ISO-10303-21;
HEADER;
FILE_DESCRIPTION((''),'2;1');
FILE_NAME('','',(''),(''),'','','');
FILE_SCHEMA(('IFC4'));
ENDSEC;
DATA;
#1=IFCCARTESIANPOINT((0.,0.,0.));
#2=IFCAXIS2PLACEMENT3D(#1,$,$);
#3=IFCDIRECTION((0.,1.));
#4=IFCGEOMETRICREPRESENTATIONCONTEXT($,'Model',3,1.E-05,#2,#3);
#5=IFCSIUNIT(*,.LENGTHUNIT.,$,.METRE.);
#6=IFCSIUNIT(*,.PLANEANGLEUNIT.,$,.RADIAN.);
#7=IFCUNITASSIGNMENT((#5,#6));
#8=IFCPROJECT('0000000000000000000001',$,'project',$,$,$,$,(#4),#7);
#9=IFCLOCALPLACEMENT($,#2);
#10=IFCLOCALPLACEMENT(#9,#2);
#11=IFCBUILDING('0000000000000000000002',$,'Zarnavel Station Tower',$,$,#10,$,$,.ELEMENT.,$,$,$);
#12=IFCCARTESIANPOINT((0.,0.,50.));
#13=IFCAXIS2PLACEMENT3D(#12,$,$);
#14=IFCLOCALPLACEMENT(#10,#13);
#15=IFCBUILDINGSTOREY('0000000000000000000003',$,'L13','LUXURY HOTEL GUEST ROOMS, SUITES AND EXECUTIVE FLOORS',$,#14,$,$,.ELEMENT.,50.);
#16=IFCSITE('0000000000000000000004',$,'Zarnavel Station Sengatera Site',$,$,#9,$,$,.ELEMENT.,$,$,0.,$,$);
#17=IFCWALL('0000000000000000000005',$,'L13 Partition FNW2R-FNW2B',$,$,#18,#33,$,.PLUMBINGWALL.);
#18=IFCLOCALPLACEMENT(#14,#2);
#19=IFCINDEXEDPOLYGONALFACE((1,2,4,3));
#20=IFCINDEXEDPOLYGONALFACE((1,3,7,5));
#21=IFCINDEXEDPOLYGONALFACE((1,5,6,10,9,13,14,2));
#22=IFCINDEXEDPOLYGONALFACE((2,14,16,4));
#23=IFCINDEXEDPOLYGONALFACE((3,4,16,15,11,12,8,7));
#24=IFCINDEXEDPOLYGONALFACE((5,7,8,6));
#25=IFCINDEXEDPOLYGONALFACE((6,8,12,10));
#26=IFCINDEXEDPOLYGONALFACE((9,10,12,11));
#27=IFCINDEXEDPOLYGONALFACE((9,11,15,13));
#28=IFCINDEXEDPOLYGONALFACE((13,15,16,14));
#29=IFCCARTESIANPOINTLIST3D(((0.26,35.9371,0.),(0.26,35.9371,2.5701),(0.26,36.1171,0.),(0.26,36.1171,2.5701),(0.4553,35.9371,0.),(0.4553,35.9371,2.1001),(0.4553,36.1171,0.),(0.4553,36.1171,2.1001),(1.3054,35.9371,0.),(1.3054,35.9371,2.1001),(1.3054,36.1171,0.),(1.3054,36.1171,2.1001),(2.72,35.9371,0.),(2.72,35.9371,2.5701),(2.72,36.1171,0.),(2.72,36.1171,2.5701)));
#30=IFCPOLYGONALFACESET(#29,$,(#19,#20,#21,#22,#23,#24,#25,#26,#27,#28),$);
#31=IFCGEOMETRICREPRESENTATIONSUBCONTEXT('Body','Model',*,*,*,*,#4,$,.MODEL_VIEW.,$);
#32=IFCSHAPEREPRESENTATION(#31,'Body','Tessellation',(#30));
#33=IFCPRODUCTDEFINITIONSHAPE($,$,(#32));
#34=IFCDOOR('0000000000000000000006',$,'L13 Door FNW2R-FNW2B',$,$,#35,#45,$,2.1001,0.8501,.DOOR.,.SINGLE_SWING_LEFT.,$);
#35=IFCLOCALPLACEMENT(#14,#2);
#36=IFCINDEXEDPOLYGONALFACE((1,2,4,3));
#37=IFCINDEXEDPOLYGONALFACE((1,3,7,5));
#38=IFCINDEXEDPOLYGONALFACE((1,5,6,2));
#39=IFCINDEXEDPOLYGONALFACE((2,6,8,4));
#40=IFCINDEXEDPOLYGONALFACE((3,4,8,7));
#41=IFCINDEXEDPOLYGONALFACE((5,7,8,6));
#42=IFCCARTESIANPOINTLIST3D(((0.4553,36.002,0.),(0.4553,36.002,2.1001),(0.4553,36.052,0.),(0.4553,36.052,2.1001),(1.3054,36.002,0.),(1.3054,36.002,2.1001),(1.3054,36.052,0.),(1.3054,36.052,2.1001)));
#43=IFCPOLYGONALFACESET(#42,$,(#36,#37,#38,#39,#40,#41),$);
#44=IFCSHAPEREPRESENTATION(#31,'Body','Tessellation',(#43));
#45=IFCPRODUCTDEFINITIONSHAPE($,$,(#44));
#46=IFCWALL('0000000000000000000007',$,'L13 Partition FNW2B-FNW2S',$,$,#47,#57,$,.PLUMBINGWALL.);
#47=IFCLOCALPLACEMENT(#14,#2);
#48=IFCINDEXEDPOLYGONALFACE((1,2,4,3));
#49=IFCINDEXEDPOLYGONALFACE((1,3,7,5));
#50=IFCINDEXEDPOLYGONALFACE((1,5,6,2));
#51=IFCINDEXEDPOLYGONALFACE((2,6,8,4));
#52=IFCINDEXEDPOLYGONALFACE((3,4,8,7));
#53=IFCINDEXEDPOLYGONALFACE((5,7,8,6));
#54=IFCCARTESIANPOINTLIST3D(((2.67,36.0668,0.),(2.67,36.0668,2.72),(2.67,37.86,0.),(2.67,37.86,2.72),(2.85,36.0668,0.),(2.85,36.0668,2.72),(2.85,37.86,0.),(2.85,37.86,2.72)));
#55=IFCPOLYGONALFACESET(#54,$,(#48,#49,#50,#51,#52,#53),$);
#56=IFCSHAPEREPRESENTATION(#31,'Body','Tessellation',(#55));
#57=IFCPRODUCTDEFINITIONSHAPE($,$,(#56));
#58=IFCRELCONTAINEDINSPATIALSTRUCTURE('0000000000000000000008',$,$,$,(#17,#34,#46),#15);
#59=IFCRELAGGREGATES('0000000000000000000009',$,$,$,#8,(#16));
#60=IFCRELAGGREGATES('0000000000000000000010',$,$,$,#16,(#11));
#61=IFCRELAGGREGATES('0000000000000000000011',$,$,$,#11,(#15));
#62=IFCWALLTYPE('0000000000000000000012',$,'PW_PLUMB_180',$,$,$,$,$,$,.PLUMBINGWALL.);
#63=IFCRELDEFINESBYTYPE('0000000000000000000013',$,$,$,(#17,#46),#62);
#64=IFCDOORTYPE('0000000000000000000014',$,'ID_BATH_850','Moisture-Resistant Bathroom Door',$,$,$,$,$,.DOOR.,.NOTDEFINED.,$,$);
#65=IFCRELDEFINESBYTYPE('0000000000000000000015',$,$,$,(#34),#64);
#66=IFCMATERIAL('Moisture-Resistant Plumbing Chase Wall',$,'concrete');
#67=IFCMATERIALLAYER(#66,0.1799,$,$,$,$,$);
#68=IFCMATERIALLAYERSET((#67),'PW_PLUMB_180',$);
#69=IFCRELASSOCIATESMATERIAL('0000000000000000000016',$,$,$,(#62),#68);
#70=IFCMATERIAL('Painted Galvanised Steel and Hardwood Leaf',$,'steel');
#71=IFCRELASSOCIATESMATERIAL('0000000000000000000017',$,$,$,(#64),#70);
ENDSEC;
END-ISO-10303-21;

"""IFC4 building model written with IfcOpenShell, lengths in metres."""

from ifc_helpers import new_model, si_unit, direction, frame, frame_2d, origin, place, context, subcontext, project, spatial, rectangle, extrude, material, layer, layer_set, type_object, element, fill, save


model = new_model("IFC4")

# Units and contexts
model_context = context("Model", 3, precision=1e-05, world=origin(), true_north=direction((0.0, 1.0)))
body_context = subcontext(model_context, "Body", "Model", "MODEL_VIEW")
ifc_project = project(units=[si_unit("LENGTHUNIT", "METRE"), si_unit("PLANEANGLEUNIT", "RADIAN")], contexts=[model_context])

# Site, building, storey
site_placement = place(None, origin())
site = spatial("IfcSite", under=ifc_project, at=site_placement, Name="Zarnavel Station Sengatera Site", CompositionType="ELEMENT", RefElevation=0.0)
building_placement = place(site_placement, origin())
building = spatial("IfcBuilding", under=site, at=building_placement, Name="Zarnavel Station Tower", CompositionType="ELEMENT")
storey_placement = place(building_placement, frame((0.0, 0.0, 50.0)))
storey = spatial("IfcBuildingStorey", under=building, at=storey_placement, Name="L13", Description="LUXURY HOTEL GUEST ROOMS, SUITES AND EXECUTIVE FLOORS", CompositionType="ELEMENT", Elevation=50.0)

# Shared definitions
ifc_material_1 = material(Name="Moisture-Resistant Plumbing Chase Wall", Category="concrete")
ifc_layer_1 = layer(ifc_material_1, 0.1799)
ifc_layer_set_1 = layer_set([ifc_layer_1], Name="PW_PLUMB_180")
wall_type_1 = type_object("IfcWallType", Name="PW_PLUMB_180", PredefinedType="PLUMBINGWALL", material=ifc_layer_set_1)
ifc_material_2 = material(Name="Painted Galvanised Steel and Hardwood Leaf", Category="steel")
door_type_1 = type_object("IfcDoorType", Name="ID_BATH_850", Description="Moisture-Resistant Bathroom Door", OperationType="NOTDEFINED", PredefinedType="DOOR", material=ifc_material_2)

# Wall, opening, door
wall_1_placement = place(storey_placement, frame((0.26, 36.0271, 0.0), z_axis=(0.0, 0.0, 1.0), x_axis=(1.0, 0.0, 0.0)))
wall_1 = element("IfcWall", 1, at=wall_1_placement, inside=storey, type_object=wall_type_1, Name="L13 Partition FNW2R-FNW2B", PredefinedType="PLUMBINGWALL", context=body_context, shape_type="SweptSolid", body=[
    extrude(rectangle(XDim=2.46, YDim=0.1799, at=frame_2d((1.23, 0.0))), origin(), (0.0, 0.0, 1.0), 2.5701),
])
opening_1_placement = place(wall_1_placement, frame((0.1953, 0.0, 0.0)))
opening_1 = element("IfcOpeningElement", 2, at=opening_1_placement, cuts=wall_1, PredefinedType="OPENING", context=body_context, shape_type="SweptSolid", body=[
    extrude(rectangle(XDim=0.8501, YDim=2.1001, at=frame_2d((0.425, 1.05))), frame((0.0, 0.0999, 0.0), z_axis=(0.0, -1.0, 0.0), x_axis=(1.0, 0.0, 0.0)), (0.0, 0.0, 1.0), 0.2),
])
door_1_placement = place(opening_1_placement, origin())
door_1 = element("IfcDoor", 3, at=door_1_placement, inside=storey, type_object=door_type_1, Name="L13 Door FNW2R-FNW2B", OperationType="SINGLE_SWING_LEFT", OverallHeight=2.1001, OverallWidth=0.8501, PredefinedType="DOOR", context=body_context, shape_type="SweptSolid", body=[
    extrude(rectangle(XDim=0.8501, YDim=2.1001, at=frame_2d((0.425, 1.05))), frame((0.0, 0.0249, 0.0), z_axis=(0.0, -1.0, 0.0), x_axis=(1.0, 0.0, 0.0)), (0.0, 0.0, 1.0), 0.05),
])
fill(opening_1, door_1)

# Wall
wall_2_placement = place(storey_placement, frame((2.76, 36.0669, 0.0), z_axis=(0.0, 0.0, 1.0), x_axis=(0.0, 1.0, 0.0)))
element("IfcWall", 4, at=wall_2_placement, inside=storey, type_object=wall_type_1, Name="L13 Partition FNW2B-FNW2S", PredefinedType="PLUMBINGWALL", context=body_context, shape_type="SweptSolid", body=[
    extrude(rectangle(XDim=1.7932, YDim=0.1799, at=frame_2d((0.8965, 0.0))), origin(), (0.0, 0.0, 1.0), 2.72),
])

save(model, "model.ifc")
